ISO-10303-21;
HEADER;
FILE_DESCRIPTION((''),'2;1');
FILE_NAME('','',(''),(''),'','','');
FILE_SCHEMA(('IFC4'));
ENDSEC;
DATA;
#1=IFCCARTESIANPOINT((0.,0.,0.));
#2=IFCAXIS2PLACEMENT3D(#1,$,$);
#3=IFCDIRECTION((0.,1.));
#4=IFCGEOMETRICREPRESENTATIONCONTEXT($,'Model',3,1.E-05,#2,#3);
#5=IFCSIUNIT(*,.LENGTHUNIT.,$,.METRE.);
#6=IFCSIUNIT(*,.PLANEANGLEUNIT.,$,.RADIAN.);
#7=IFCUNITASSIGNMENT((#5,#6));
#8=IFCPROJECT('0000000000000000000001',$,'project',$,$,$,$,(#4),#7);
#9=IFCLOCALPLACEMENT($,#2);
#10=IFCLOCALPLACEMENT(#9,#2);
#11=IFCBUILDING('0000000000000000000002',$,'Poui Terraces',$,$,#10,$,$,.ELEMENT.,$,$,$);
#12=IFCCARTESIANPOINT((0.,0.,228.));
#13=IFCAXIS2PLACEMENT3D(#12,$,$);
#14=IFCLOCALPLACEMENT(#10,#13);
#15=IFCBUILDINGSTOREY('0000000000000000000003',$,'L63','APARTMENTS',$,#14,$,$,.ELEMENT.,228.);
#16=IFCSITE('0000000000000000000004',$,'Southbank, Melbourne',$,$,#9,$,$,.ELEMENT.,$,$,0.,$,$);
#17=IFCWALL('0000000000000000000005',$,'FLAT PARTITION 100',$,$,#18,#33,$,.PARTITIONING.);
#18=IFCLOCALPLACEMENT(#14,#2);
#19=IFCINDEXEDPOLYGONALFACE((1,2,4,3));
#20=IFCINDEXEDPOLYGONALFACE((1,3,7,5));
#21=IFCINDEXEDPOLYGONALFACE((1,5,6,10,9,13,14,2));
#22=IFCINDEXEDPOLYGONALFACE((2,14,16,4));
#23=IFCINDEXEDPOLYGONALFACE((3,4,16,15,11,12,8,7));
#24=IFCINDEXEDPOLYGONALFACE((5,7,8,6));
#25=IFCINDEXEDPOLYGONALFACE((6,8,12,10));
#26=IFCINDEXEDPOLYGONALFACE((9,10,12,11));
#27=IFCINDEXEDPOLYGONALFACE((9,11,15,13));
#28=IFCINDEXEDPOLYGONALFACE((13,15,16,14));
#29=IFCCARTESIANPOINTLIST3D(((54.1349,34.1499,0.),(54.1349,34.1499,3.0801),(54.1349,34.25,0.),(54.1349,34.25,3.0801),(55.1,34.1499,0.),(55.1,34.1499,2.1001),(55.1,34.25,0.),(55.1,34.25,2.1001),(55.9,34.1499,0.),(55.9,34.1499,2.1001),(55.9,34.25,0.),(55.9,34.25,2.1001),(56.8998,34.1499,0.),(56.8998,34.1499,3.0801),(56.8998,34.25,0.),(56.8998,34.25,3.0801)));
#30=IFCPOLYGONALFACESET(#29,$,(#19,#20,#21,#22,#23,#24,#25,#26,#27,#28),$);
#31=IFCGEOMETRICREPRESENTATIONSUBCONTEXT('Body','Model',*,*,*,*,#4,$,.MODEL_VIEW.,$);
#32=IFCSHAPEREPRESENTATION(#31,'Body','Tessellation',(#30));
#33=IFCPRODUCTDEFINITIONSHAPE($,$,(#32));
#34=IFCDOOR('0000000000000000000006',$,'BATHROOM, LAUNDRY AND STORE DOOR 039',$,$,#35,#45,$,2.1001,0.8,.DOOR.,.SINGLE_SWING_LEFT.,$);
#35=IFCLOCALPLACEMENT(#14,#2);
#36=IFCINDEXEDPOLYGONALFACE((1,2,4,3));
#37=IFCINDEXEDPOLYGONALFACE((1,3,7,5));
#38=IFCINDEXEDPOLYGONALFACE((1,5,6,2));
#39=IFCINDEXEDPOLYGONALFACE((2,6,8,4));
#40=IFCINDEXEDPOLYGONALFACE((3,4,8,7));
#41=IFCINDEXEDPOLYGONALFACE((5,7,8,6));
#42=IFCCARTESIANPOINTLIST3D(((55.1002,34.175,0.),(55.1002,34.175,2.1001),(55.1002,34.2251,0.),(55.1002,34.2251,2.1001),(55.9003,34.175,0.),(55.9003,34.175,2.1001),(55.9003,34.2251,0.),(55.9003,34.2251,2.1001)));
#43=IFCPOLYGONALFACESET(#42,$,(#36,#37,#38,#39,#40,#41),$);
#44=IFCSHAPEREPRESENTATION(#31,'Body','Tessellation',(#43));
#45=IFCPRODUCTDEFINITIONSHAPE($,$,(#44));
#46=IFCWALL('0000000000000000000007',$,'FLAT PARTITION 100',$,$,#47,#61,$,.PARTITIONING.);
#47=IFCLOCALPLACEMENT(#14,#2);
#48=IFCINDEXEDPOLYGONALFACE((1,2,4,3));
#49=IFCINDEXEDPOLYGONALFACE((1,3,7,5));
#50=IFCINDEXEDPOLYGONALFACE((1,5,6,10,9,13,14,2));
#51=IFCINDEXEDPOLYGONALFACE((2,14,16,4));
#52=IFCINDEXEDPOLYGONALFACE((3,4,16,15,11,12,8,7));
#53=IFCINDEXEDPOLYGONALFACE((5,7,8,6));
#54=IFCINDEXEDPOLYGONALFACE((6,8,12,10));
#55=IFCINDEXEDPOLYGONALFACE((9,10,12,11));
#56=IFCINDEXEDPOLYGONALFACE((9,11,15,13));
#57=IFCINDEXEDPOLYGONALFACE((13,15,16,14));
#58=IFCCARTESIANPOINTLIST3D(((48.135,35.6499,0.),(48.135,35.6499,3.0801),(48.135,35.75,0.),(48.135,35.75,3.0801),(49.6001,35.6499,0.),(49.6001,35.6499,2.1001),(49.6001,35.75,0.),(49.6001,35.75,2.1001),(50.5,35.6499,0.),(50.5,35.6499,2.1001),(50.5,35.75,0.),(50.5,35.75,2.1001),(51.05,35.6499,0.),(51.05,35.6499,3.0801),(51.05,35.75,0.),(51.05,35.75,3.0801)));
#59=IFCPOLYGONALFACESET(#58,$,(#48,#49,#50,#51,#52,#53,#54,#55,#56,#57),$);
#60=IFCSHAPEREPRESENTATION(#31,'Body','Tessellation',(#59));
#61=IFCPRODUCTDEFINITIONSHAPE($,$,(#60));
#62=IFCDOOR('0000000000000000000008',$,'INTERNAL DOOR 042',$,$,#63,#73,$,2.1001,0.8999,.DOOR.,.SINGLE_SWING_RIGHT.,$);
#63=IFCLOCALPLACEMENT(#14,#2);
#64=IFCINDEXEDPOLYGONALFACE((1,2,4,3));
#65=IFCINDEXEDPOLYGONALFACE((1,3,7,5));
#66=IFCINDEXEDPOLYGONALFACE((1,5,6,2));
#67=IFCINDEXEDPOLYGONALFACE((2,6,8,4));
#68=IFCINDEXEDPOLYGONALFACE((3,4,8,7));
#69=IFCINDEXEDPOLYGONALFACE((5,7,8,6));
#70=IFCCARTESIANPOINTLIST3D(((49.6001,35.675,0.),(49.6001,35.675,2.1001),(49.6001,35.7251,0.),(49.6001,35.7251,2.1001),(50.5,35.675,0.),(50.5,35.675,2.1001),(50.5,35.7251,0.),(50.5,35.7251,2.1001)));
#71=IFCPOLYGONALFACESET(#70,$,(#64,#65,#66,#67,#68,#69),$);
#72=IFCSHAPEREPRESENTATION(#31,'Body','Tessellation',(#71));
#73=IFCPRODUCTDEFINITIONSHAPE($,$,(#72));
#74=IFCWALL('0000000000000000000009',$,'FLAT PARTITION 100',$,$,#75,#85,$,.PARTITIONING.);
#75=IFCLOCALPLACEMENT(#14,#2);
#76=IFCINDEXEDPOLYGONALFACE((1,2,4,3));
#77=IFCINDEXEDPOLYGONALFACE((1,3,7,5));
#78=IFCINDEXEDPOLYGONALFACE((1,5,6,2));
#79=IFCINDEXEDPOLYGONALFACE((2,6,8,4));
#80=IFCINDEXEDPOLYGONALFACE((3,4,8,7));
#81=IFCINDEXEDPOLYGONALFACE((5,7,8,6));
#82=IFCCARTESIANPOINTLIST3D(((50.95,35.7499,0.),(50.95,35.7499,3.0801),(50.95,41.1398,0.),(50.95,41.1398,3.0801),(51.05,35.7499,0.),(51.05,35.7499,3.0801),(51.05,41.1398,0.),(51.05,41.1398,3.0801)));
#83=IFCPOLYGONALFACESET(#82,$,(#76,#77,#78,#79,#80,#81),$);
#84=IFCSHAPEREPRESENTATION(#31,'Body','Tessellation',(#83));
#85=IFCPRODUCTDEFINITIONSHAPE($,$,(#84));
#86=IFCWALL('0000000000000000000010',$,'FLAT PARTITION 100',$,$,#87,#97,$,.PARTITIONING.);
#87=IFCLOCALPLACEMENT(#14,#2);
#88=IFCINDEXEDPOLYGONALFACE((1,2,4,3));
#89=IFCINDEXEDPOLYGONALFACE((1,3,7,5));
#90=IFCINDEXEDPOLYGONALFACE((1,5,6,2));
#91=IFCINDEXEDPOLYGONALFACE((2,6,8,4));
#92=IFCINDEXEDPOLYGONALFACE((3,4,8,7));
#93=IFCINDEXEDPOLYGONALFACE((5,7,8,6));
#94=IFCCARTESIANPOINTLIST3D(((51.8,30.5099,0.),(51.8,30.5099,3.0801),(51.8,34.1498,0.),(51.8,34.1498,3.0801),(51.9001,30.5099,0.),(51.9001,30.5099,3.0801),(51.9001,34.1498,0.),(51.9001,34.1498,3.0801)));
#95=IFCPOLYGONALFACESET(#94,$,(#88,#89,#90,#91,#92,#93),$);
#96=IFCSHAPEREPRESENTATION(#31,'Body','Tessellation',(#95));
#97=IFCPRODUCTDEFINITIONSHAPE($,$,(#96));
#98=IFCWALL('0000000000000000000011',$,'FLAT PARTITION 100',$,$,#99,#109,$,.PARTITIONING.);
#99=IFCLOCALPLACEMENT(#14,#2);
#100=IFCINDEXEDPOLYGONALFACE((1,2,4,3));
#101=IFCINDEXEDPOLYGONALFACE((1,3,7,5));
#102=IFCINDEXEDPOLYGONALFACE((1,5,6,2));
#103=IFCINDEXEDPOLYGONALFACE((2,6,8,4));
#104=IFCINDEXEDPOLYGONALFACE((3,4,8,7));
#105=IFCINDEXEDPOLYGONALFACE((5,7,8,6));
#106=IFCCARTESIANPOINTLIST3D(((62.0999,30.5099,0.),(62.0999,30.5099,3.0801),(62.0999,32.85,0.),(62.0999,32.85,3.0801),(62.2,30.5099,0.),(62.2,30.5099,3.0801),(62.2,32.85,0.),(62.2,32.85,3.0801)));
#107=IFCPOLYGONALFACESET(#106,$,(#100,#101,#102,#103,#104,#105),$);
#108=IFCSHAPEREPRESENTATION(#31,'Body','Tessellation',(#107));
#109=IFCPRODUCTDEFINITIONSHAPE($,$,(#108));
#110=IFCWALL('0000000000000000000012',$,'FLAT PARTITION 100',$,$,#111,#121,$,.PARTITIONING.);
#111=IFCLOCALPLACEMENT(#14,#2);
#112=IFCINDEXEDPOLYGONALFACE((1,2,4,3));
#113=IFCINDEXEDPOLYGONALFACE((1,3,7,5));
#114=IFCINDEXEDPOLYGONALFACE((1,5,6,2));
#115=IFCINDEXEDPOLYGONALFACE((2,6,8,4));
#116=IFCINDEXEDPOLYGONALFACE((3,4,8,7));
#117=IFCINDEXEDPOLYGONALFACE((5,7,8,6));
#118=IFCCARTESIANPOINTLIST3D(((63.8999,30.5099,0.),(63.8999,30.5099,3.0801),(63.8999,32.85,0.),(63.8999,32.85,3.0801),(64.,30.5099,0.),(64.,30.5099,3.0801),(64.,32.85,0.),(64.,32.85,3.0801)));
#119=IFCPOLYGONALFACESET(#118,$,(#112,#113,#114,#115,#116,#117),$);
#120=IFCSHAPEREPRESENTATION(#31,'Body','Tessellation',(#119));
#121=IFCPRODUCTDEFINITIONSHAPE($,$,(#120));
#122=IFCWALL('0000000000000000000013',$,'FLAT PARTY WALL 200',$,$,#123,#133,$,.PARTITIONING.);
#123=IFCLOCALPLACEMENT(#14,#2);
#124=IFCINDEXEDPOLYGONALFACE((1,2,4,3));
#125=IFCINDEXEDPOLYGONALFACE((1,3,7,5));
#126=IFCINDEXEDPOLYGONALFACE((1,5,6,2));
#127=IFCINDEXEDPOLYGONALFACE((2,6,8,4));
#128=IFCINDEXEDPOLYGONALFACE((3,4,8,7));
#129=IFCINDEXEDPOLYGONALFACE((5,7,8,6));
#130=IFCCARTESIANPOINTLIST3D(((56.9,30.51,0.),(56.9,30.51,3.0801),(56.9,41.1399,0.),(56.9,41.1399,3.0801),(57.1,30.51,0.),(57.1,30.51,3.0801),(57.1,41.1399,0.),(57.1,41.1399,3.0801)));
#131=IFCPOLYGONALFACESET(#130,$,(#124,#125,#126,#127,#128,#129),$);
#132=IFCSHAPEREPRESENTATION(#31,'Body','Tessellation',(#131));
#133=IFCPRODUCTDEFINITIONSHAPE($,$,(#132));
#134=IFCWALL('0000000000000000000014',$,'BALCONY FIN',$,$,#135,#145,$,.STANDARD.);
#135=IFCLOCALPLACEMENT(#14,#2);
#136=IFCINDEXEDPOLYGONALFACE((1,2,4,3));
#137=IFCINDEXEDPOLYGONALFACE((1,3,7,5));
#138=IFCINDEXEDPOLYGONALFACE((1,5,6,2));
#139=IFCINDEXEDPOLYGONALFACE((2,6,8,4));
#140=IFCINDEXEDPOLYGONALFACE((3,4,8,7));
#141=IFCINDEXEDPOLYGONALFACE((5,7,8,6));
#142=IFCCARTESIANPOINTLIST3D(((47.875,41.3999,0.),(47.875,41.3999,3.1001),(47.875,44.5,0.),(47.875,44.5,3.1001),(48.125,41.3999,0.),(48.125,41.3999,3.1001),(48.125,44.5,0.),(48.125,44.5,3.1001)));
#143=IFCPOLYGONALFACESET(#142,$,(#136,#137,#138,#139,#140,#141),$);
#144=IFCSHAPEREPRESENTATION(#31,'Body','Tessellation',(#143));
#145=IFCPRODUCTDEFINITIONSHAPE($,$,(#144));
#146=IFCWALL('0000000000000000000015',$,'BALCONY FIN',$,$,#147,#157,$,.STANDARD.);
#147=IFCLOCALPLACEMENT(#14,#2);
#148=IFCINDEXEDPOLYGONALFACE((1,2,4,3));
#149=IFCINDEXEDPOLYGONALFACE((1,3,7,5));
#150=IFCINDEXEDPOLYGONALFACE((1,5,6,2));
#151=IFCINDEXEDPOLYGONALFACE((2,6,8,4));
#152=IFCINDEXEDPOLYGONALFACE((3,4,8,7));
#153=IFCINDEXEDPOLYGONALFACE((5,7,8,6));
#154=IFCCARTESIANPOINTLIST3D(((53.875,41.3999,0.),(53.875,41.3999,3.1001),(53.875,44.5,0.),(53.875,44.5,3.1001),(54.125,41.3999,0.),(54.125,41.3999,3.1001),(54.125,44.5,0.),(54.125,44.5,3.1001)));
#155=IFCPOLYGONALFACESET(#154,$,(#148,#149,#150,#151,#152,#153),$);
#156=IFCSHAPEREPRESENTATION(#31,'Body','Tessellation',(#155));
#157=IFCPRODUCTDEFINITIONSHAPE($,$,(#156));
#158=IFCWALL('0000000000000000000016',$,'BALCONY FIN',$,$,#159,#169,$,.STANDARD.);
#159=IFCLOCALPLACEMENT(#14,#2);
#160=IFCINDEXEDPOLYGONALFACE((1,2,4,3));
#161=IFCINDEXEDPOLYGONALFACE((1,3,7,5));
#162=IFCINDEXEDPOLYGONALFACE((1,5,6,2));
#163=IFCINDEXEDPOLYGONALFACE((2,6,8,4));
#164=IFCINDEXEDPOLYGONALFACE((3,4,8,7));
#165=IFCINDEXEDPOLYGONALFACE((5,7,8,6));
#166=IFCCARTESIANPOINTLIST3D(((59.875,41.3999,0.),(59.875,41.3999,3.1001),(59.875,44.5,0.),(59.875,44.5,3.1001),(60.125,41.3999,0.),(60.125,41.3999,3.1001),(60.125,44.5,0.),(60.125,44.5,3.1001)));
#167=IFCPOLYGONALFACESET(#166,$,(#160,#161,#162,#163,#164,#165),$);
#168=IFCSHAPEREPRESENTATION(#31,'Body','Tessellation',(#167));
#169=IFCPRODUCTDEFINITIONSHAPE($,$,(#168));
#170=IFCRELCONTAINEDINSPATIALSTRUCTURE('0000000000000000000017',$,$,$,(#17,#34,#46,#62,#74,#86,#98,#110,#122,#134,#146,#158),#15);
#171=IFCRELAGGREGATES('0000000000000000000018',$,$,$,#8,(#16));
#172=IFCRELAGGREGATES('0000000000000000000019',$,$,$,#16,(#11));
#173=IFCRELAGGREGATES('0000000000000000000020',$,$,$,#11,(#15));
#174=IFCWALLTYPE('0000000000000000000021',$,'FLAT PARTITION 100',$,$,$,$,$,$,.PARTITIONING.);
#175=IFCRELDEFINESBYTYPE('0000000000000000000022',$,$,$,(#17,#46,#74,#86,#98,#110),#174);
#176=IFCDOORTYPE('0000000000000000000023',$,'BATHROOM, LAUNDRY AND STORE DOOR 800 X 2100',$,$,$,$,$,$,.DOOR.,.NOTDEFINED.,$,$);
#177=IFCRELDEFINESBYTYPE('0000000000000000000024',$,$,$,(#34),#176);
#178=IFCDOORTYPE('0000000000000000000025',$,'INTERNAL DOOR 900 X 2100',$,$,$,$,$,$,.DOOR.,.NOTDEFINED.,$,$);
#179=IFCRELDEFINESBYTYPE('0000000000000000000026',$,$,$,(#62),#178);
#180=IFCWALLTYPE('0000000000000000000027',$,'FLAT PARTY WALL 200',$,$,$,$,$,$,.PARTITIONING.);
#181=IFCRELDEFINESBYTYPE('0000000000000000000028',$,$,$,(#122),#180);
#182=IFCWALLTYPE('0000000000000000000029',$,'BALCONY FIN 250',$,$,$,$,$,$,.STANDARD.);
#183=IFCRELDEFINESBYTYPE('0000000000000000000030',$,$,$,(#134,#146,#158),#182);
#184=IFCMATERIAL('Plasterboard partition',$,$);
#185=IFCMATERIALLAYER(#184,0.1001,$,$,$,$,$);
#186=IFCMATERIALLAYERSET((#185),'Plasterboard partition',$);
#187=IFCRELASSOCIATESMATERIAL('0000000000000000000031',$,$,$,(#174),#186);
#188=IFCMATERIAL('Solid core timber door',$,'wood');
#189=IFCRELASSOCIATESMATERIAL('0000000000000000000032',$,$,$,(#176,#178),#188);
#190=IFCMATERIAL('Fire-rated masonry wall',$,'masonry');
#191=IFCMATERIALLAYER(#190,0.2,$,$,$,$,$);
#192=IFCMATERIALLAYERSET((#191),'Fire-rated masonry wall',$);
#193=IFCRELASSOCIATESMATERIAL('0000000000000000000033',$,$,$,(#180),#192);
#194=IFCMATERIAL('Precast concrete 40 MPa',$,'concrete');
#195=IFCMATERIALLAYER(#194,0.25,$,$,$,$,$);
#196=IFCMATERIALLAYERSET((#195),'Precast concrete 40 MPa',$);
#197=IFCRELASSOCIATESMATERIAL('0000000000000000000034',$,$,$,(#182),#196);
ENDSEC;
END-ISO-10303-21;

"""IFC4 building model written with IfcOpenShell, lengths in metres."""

from ifc_helpers import new_model, si_unit, direction, frame, frame_2d, origin, place, context, subcontext, project, spatial, polyline, rectangle, outline, extrude, source, transform, mapped, material, layer, layer_set, type_object, element, fill, save


model = new_model("IFC4")

# Units and contexts
model_context = context("Model", 3, precision=1e-05, world=origin(), true_north=direction((0.0, 1.0)))
body_context = subcontext(model_context, "Body", "Model", "MODEL_VIEW")
ifc_project = project(units=[si_unit("LENGTHUNIT", "METRE"), si_unit("PLANEANGLEUNIT", "RADIAN")], contexts=[model_context])

# Site, building, storey
site_placement = place(None, origin())
site = spatial("IfcSite", under=ifc_project, at=site_placement, Name="Southbank, Melbourne", CompositionType="ELEMENT", RefElevation=0.0)
building_placement = place(site_placement, origin())
building = spatial("IfcBuilding", under=site, at=building_placement, Name="Poui Terraces", CompositionType="ELEMENT")
storey_placement = place(building_placement, frame((0.0, 0.0, 228.0)))
storey = spatial("IfcBuildingStorey", under=building, at=storey_placement, Name="L63", Description="APARTMENTS", CompositionType="ELEMENT", Elevation=228.0)

# Walls, openings, doors
ifc_material_1 = material(Name="Plasterboard partition")
ifc_layer_1 = layer(ifc_material_1, 0.1001)
ifc_layer_set_1 = layer_set([ifc_layer_1], Name="Plasterboard partition")
wall_type_1 = type_object("IfcWallType", Name="FLAT PARTITION 100", PredefinedType="PARTITIONING", material=ifc_layer_set_1)
ifc_material_2 = material(Name="Solid core timber door", Category="wood")
door_type_1 = type_object("IfcDoorType", Name="BATHROOM, LAUNDRY AND STORE DOOR 800 X 2100", OperationType="NOTDEFINED", PredefinedType="DOOR", material=ifc_material_2)
door_type_2 = type_object("IfcDoorType", Name="INTERNAL DOOR 900 X 2100", OperationType="NOTDEFINED", PredefinedType="DOOR", material=ifc_material_2)
wall_1_placement = place(storey_placement, frame((54.135, 34.2, 0.0), z_axis=(0.0, 0.0, 1.0), x_axis=(1.0, 0.0, 0.0)))
wall_1 = element("IfcWall", 1, at=wall_1_placement, inside=storey, type_object=wall_type_1, Name="FLAT PARTITION 100", PredefinedType="PARTITIONING", context=body_context, shape_type="SweptSolid", body=[
    extrude(rectangle(XDim=2.7649, YDim=0.1001, at=frame_2d((1.3823, 0.0))), origin(), (0.0, 0.0, 1.0), 3.0801),
])
opening_1_placement = place(wall_1_placement, frame((0.9651, 0.0, 0.0)))
opening_1 = element("IfcOpeningElement", 2, at=opening_1_placement, cuts=wall_1, PredefinedType="OPENING", context=body_context, shape_type="SweptSolid", body=[
    extrude(rectangle(XDim=0.8, YDim=2.1001, at=frame_2d((0.3999, 1.05))), frame((0.0, 0.0601, 0.0), z_axis=(0.0, -1.0, 0.0), x_axis=(1.0, 0.0, 0.0)), (0.0, 0.0, 1.0), 0.1201),
])
door_1_placement = place(opening_1_placement, frame((0.8, 0.0, 0.0), z_axis=(0.0, 0.0, 1.0), x_axis=(-1.0, 0.0, 0.0)))
door_1 = element("IfcDoor", 3, at=door_1_placement, inside=storey, type_object=door_type_1, Name="BATHROOM, LAUNDRY AND STORE DOOR 039", OperationType="SINGLE_SWING_LEFT", OverallHeight=2.1001, OverallWidth=0.8, PredefinedType="DOOR", context=body_context, shape_type="SweptSolid", body=[
    extrude(rectangle(XDim=0.8, YDim=2.1001, at=frame_2d((0.3999, 1.05))), frame((0.0, 0.0249, 0.0), z_axis=(0.0, -1.0, 0.0), x_axis=(1.0, 0.0, 0.0)), (0.0, 0.0, 1.0), 0.05),
])
fill(opening_1, door_1)
wall_2_placement = place(storey_placement, frame((48.135, 35.7, 0.0), z_axis=(0.0, 0.0, 1.0), x_axis=(1.0, 0.0, 0.0)))
wall_2 = element("IfcWall", 4, at=wall_2_placement, inside=storey, type_object=wall_type_1, Name="FLAT PARTITION 100", PredefinedType="PARTITIONING", context=body_context, shape_type="SweptSolid", body=[
    extrude(rectangle(XDim=2.915, YDim=0.1001, at=frame_2d((1.4575, 0.0))), origin(), (0.0, 0.0, 1.0), 3.0801),
])
opening_2_placement = place(wall_2_placement, frame((1.4651, 0.0, 0.0)))
opening_2 = element("IfcOpeningElement", 5, at=opening_2_placement, cuts=wall_2, PredefinedType="OPENING", context=body_context, shape_type="SweptSolid", body=[
    extrude(rectangle(XDim=0.8999, YDim=2.1001, at=frame_2d((0.45, 1.05))), frame((0.0, 0.0601, 0.0), z_axis=(0.0, -1.0, 0.0), x_axis=(1.0, 0.0, 0.0)), (0.0, 0.0, 1.0), 0.1201),
])
door_2_placement = place(opening_2_placement, frame((0.8999, 0.0, 0.0), z_axis=(0.0, 0.0, 1.0), x_axis=(-1.0, 0.0, 0.0)))
door_2 = element("IfcDoor", 6, at=door_2_placement, inside=storey, type_object=door_type_2, Name="INTERNAL DOOR 042", OperationType="SINGLE_SWING_RIGHT", OverallHeight=2.1001, OverallWidth=0.8999, PredefinedType="DOOR", context=body_context, shape_type="SweptSolid", body=[
    extrude(rectangle(XDim=0.8999, YDim=2.1001, at=frame_2d((0.45, 1.05))), frame((0.0, 0.0249, 0.0), z_axis=(0.0, -1.0, 0.0), x_axis=(1.0, 0.0, 0.0)), (0.0, 0.0, 1.0), 0.05),
])
fill(opening_2, door_2)

# Walls
wall_3_placement = place(storey_placement, frame((51.0, 35.75, 0.0), z_axis=(0.0, 0.0, 1.0), x_axis=(0.0, 1.0, 0.0)))
element("IfcWall", 7, at=wall_3_placement, inside=storey, type_object=wall_type_1, Name="FLAT PARTITION 100", PredefinedType="PARTITIONING", context=body_context, shape_type="SweptSolid", body=[
    extrude(rectangle(XDim=5.3899, YDim=0.1001, at=frame_2d((2.6948, 0.0))), origin(), (0.0, 0.0, 1.0), 3.0801),
])
wall_4_placement = place(storey_placement, frame((51.8501, 30.51, 0.0), z_axis=(0.0, 0.0, 1.0), x_axis=(0.0, 1.0, 0.0)))
element("IfcWall", 8, at=wall_4_placement, inside=storey, type_object=wall_type_1, Name="FLAT PARTITION 100", PredefinedType="PARTITIONING", context=body_context, shape_type="SweptSolid", body=[
    extrude(rectangle(XDim=3.6399, YDim=0.1001, at=frame_2d((1.8198, 0.0))), origin(), (0.0, 0.0, 1.0), 3.0801),
])
for number, where, z_axis, x_axis, name in (
    (9, (62.1499, 30.51, 0.0), (0.0, 0.0, 1.0), (0.0, 1.0, 0.0), "FLAT PARTITION 100"),
    (10, (63.95, 30.51, 0.0), (0.0, 0.0, 1.0), (0.0, 1.0, 0.0), "FLAT PARTITION 100"),
):
    element("IfcWall", number, at=place(storey_placement, frame(where, z_axis=z_axis, x_axis=x_axis)), inside=storey, type_object=wall_type_1, Name=name, PredefinedType="PARTITIONING", context=body_context, shape_type="SweptSolid", body=[
        extrude(rectangle(XDim=2.3401, YDim=0.1001, at=frame_2d((1.1699, 0.0))), origin(), (0.0, 0.0, 1.0), 3.0801),
    ])
ifc_material_3 = material(Name="Fire-rated masonry wall", Category="masonry")
ifc_layer_2 = layer(ifc_material_3, 0.2)
ifc_layer_set_2 = layer_set([ifc_layer_2], Name="Fire-rated masonry wall")
wall_type_2 = type_object("IfcWallType", Name="FLAT PARTY WALL 200", PredefinedType="PARTITIONING", material=ifc_layer_set_2)
wall_5_placement = place(storey_placement, frame((57.0, 30.51, 0.0), z_axis=(0.0, 0.0, 1.0), x_axis=(0.0, 1.0, 0.0)))
element("IfcWall", 11, at=wall_5_placement, inside=storey, type_object=wall_type_2, Name="FLAT PARTY WALL 200", PredefinedType="PARTITIONING", context=body_context, shape_type="SweptSolid", body=[
    extrude(rectangle(XDim=10.6299, YDim=0.2, at=frame_2d((5.3149, 0.0))), origin(), (0.0, 0.0, 1.0), 3.0801),
])
ifc_material_4 = material(Name="Precast concrete 40 MPa", Category="concrete")
ifc_layer_3 = layer(ifc_material_4, 0.25)
ifc_layer_set_3 = layer_set([ifc_layer_3], Name="Precast concrete 40 MPa")
wall_type_3 = type_object("IfcWallType", Name="BALCONY FIN 250", PredefinedType="STANDARD", material=ifc_layer_set_3)
shared_shape_1 = source(origin(), body_context, "Body", "SweptSolid", [
    extrude(outline(polyline([(0.0, 0.0), (0.25, 0.0), (0.25, 3.1001), (0.0, 3.1001), (0.0, 0.0)])), origin(), (0.0, 0.0, 1.0), 3.1001),
])
for number, where, name in (
    (12, (47.875, 41.3999, 0.0), "BALCONY FIN"),
    (13, (53.875, 41.3999, 0.0), "BALCONY FIN"),
    (14, (59.875, 41.3999, 0.0), "BALCONY FIN"),
):
    element("IfcWall", number, at=place(storey_placement, frame(where)), inside=storey, type_object=wall_type_3, Name=name, PredefinedType="STANDARD", context=body_context, shape_type="MappedRepresentation", body=[
        mapped(shared_shape_1, transform((0.0, 0.0, 0.0))),
    ])

save(model, "model.ifc")
